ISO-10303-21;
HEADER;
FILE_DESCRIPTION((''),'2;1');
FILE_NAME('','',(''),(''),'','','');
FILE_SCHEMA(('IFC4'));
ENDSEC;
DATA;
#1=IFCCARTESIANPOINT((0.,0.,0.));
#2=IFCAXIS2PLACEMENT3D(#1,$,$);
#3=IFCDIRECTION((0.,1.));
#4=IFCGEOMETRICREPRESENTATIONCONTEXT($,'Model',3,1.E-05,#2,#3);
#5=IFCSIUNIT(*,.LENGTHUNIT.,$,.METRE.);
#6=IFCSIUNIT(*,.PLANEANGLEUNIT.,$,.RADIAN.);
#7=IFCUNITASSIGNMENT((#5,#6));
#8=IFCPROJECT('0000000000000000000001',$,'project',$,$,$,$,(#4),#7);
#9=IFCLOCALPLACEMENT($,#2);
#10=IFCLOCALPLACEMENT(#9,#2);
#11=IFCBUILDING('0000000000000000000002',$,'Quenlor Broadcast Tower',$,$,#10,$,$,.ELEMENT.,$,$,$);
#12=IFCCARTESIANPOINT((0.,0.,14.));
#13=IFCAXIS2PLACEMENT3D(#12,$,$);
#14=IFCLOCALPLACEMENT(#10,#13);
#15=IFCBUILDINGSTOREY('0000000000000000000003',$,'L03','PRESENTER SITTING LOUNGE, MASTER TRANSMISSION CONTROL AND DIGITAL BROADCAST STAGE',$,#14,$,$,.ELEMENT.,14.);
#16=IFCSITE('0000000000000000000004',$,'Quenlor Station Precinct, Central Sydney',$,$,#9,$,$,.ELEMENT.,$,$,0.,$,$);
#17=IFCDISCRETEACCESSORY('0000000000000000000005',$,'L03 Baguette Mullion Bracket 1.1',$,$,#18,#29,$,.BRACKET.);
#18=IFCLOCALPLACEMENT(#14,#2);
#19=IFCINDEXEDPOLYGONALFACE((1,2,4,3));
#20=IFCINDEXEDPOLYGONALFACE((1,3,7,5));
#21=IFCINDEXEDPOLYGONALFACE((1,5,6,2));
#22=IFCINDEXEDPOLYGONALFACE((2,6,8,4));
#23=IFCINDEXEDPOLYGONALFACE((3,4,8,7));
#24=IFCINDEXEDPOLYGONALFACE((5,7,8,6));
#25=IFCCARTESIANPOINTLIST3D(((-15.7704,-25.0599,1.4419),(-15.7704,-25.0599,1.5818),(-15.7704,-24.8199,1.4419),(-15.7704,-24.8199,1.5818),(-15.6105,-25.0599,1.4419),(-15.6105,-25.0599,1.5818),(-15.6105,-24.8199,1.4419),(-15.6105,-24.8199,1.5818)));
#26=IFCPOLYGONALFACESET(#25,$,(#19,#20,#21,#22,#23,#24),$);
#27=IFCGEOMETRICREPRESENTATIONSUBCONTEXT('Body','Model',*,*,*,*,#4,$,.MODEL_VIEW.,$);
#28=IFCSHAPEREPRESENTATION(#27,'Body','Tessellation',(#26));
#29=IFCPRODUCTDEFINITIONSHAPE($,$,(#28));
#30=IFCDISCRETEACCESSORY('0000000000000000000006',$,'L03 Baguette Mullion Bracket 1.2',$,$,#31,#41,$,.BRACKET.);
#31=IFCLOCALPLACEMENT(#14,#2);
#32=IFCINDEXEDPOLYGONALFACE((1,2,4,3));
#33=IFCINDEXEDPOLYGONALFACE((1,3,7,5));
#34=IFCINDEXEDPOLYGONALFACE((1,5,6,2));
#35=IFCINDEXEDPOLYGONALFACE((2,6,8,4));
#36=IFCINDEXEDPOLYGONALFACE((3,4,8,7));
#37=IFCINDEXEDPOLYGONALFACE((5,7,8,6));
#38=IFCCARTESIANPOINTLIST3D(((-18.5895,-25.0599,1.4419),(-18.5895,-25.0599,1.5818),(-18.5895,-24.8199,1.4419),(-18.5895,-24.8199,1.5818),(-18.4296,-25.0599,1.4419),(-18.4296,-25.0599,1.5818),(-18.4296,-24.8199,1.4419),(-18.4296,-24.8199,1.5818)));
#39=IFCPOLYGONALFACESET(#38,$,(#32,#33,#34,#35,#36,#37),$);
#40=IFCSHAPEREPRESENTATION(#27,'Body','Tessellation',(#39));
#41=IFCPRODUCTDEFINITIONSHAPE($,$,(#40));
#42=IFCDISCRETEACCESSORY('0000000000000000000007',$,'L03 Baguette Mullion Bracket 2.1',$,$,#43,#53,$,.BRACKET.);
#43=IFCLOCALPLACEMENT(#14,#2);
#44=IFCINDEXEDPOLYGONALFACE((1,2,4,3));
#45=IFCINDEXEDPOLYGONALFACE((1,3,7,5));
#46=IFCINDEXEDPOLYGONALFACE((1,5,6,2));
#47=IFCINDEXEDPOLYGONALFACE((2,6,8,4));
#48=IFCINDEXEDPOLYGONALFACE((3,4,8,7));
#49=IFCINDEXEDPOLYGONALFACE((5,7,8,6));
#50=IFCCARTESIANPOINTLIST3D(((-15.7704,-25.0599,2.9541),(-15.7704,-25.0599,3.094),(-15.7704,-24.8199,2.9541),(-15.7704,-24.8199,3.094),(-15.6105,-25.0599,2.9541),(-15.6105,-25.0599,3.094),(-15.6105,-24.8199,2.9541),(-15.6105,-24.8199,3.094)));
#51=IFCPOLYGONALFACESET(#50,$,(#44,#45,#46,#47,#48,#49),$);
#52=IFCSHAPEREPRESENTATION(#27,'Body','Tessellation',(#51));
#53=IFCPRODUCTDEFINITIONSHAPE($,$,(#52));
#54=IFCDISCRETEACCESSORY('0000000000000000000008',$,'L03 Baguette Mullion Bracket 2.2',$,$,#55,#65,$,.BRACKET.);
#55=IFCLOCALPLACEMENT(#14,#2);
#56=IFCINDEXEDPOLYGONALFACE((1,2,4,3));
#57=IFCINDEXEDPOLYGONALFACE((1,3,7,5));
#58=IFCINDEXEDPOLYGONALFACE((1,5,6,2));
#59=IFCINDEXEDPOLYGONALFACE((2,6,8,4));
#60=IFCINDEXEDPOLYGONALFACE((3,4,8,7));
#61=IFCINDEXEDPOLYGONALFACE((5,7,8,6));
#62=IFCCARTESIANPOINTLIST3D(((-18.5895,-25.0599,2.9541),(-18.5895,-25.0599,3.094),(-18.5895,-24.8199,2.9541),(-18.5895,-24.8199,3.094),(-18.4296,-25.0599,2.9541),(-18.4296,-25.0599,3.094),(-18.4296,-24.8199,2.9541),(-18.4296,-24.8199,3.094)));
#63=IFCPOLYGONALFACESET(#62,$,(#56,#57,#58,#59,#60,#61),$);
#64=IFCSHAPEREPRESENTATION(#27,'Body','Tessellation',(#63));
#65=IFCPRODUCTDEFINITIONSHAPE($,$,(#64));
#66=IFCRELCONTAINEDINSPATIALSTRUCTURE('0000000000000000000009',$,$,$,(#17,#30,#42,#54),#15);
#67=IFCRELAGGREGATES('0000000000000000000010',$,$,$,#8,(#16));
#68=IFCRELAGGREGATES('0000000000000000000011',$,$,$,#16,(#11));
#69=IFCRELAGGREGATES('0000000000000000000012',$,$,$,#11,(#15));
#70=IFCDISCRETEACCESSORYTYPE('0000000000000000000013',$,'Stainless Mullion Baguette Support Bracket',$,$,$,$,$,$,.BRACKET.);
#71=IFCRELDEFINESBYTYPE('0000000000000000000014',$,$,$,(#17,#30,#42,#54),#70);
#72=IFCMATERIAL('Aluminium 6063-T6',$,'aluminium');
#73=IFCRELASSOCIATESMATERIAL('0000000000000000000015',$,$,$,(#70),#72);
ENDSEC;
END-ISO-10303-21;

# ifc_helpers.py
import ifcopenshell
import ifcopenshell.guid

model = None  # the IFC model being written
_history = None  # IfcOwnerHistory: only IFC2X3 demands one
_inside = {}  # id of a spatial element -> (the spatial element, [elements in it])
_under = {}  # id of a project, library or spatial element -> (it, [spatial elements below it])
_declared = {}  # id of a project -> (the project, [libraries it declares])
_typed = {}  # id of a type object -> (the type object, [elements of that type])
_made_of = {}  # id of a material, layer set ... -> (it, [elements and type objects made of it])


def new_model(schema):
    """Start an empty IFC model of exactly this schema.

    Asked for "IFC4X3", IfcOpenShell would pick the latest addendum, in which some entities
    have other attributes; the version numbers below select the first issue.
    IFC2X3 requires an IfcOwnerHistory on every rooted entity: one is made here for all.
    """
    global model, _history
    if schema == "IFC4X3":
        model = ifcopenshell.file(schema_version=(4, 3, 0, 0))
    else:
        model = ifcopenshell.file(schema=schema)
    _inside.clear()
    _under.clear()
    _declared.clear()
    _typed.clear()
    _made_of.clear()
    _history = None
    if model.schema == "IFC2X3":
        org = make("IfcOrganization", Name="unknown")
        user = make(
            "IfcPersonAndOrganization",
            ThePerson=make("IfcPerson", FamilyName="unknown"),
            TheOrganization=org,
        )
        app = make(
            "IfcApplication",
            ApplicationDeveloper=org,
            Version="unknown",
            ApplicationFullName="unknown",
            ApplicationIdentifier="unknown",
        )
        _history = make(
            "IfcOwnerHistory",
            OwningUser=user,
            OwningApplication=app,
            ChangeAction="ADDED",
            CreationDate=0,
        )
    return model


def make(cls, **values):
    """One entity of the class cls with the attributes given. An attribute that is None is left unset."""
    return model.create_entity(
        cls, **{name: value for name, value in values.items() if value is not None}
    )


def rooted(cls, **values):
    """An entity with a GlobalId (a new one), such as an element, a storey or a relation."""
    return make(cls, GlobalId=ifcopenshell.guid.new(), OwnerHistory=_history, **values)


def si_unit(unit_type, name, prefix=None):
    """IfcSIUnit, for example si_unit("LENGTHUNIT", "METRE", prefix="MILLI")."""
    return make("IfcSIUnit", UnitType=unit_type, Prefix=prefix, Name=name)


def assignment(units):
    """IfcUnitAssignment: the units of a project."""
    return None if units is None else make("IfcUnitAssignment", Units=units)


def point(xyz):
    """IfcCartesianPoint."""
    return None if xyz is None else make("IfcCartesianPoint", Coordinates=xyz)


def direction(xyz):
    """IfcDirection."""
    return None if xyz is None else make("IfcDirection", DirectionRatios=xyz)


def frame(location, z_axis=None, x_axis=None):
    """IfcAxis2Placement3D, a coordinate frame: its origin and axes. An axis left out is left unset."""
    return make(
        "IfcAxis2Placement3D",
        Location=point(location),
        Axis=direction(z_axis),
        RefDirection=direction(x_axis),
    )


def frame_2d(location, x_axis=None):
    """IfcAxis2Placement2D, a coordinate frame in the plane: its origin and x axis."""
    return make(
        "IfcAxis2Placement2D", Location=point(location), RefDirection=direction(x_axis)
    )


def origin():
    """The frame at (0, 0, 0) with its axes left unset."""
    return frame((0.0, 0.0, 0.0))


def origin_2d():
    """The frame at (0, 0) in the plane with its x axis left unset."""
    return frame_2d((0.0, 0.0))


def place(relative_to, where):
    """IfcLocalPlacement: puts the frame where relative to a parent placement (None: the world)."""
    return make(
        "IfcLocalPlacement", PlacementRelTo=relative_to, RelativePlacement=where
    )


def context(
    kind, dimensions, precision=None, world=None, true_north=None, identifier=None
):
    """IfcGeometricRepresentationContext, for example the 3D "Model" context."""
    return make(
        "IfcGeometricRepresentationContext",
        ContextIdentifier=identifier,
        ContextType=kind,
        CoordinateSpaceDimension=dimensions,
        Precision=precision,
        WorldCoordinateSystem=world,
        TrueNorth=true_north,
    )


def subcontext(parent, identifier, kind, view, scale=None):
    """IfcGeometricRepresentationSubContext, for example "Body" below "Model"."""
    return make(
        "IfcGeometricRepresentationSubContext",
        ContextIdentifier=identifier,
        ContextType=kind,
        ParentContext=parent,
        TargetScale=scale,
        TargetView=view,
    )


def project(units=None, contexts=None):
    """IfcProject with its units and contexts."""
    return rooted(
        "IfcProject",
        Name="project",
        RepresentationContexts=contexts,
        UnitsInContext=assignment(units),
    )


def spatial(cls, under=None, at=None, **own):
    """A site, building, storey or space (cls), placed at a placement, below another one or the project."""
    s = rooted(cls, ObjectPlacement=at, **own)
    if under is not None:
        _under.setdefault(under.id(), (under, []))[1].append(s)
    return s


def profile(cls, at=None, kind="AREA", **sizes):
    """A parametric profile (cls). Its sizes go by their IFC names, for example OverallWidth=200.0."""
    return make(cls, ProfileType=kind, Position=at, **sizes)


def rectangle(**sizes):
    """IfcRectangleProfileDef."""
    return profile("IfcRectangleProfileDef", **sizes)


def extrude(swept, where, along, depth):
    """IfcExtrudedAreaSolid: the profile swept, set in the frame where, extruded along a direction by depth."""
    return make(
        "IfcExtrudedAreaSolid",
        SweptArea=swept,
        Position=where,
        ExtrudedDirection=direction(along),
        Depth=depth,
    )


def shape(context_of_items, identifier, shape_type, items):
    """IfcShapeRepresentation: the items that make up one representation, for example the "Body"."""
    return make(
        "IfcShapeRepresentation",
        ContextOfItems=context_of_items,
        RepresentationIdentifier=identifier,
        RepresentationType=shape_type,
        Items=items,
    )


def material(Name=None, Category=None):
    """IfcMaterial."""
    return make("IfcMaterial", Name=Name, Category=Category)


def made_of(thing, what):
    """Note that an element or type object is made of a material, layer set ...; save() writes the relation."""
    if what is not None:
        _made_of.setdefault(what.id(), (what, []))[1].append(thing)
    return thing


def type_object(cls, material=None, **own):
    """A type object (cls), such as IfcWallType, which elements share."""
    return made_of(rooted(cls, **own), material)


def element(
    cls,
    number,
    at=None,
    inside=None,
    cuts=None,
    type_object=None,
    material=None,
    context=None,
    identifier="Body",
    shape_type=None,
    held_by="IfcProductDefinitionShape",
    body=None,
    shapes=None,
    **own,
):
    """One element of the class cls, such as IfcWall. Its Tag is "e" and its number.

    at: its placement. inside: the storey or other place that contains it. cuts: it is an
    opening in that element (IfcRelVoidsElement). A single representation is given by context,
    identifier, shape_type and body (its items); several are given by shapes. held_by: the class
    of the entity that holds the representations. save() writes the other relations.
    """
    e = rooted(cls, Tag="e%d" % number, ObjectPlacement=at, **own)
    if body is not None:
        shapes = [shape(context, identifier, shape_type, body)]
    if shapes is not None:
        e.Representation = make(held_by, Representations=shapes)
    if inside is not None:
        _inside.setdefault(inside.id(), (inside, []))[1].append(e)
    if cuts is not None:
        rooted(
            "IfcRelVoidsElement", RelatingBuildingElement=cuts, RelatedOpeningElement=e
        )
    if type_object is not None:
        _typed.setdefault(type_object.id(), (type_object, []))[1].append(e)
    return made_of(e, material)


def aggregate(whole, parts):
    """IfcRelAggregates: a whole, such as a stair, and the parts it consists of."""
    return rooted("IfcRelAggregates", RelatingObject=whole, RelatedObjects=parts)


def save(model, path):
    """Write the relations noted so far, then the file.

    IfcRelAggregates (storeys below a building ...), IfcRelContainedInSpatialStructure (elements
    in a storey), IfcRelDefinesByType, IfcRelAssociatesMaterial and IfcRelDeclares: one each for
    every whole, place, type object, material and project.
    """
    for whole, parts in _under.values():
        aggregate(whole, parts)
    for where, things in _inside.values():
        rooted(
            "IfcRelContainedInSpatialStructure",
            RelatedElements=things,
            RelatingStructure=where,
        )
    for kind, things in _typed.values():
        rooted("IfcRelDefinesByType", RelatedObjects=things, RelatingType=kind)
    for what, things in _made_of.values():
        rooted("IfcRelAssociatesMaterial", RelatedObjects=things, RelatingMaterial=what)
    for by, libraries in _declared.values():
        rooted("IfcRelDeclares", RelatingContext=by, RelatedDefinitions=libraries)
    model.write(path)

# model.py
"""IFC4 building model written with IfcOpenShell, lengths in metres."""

from ifc_helpers import new_model, si_unit, direction, frame, origin, origin_2d, place, context, subcontext, project, spatial, rectangle, extrude, material, type_object, element, save


model = new_model("IFC4")

# Units and contexts
model_context = context("Model", 3, precision=1e-05, world=origin(), true_north=direction((0.0, 1.0)))
body_context = subcontext(model_context, "Body", "Model", "MODEL_VIEW")
ifc_project = project(units=[si_unit("LENGTHUNIT", "METRE"), si_unit("PLANEANGLEUNIT", "RADIAN")], contexts=[model_context])

# Site, building, storey
site_placement = place(None, origin())
site = spatial("IfcSite", under=ifc_project, at=site_placement, Name="Quenlor Station Precinct, Central Sydney", CompositionType="ELEMENT", RefElevation=0.0)
building_placement = place(site_placement, origin())
building = spatial("IfcBuilding", under=site, at=building_placement, Name="Quenlor Broadcast Tower", CompositionType="ELEMENT")
storey_placement = place(building_placement, frame((0.0, 0.0, 14.0)))
storey = spatial("IfcBuildingStorey", under=building, at=storey_placement, Name="L03", Description="PRESENTER SITTING LOUNGE, MASTER TRANSMISSION CONTROL AND DIGITAL BROADCAST STAGE", CompositionType="ELEMENT", Elevation=14.0)

# Discrete accessories
ifc_material_1 = material(Name="Aluminium 6063-T6", Category="aluminium")
discrete_accessory_type = type_object("IfcDiscreteAccessoryType", Name="Stainless Mullion Baguette Support Bracket", PredefinedType="BRACKET", material=ifc_material_1)
for number, where, z_axis, x_axis, name in (
    (1, (-15.6904, -24.9399, 1.4419), (0.0, 0.0, 1.0), (-1.0, 0.0, 0.0), "L03 Baguette Mullion Bracket 1.1"),
    (2, (-18.5095, -24.9399, 1.4419), (0.0, 0.0, 1.0), (-1.0, 0.0, 0.0), "L03 Baguette Mullion Bracket 1.2"),
    (3, (-15.6904, -24.9399, 2.9541), (0.0, 0.0, 1.0), (-1.0, 0.0, 0.0), "L03 Baguette Mullion Bracket 2.1"),
    (4, (-18.5095, -24.9399, 2.9541), (0.0, 0.0, 1.0), (-1.0, 0.0, 0.0), "L03 Baguette Mullion Bracket 2.2"),
):
    element("IfcDiscreteAccessory", number, at=place(storey_placement, frame(where, z_axis=z_axis, x_axis=x_axis)), inside=storey, type_object=discrete_accessory_type, Name=name, PredefinedType="BRACKET", context=body_context, shape_type="SweptSolid", body=[
        extrude(rectangle(XDim=0.1599, YDim=0.24, at=origin_2d()), origin(), (0.0, 0.0, 1.0), 0.1399),
    ])

save(model, "model.ifc")
